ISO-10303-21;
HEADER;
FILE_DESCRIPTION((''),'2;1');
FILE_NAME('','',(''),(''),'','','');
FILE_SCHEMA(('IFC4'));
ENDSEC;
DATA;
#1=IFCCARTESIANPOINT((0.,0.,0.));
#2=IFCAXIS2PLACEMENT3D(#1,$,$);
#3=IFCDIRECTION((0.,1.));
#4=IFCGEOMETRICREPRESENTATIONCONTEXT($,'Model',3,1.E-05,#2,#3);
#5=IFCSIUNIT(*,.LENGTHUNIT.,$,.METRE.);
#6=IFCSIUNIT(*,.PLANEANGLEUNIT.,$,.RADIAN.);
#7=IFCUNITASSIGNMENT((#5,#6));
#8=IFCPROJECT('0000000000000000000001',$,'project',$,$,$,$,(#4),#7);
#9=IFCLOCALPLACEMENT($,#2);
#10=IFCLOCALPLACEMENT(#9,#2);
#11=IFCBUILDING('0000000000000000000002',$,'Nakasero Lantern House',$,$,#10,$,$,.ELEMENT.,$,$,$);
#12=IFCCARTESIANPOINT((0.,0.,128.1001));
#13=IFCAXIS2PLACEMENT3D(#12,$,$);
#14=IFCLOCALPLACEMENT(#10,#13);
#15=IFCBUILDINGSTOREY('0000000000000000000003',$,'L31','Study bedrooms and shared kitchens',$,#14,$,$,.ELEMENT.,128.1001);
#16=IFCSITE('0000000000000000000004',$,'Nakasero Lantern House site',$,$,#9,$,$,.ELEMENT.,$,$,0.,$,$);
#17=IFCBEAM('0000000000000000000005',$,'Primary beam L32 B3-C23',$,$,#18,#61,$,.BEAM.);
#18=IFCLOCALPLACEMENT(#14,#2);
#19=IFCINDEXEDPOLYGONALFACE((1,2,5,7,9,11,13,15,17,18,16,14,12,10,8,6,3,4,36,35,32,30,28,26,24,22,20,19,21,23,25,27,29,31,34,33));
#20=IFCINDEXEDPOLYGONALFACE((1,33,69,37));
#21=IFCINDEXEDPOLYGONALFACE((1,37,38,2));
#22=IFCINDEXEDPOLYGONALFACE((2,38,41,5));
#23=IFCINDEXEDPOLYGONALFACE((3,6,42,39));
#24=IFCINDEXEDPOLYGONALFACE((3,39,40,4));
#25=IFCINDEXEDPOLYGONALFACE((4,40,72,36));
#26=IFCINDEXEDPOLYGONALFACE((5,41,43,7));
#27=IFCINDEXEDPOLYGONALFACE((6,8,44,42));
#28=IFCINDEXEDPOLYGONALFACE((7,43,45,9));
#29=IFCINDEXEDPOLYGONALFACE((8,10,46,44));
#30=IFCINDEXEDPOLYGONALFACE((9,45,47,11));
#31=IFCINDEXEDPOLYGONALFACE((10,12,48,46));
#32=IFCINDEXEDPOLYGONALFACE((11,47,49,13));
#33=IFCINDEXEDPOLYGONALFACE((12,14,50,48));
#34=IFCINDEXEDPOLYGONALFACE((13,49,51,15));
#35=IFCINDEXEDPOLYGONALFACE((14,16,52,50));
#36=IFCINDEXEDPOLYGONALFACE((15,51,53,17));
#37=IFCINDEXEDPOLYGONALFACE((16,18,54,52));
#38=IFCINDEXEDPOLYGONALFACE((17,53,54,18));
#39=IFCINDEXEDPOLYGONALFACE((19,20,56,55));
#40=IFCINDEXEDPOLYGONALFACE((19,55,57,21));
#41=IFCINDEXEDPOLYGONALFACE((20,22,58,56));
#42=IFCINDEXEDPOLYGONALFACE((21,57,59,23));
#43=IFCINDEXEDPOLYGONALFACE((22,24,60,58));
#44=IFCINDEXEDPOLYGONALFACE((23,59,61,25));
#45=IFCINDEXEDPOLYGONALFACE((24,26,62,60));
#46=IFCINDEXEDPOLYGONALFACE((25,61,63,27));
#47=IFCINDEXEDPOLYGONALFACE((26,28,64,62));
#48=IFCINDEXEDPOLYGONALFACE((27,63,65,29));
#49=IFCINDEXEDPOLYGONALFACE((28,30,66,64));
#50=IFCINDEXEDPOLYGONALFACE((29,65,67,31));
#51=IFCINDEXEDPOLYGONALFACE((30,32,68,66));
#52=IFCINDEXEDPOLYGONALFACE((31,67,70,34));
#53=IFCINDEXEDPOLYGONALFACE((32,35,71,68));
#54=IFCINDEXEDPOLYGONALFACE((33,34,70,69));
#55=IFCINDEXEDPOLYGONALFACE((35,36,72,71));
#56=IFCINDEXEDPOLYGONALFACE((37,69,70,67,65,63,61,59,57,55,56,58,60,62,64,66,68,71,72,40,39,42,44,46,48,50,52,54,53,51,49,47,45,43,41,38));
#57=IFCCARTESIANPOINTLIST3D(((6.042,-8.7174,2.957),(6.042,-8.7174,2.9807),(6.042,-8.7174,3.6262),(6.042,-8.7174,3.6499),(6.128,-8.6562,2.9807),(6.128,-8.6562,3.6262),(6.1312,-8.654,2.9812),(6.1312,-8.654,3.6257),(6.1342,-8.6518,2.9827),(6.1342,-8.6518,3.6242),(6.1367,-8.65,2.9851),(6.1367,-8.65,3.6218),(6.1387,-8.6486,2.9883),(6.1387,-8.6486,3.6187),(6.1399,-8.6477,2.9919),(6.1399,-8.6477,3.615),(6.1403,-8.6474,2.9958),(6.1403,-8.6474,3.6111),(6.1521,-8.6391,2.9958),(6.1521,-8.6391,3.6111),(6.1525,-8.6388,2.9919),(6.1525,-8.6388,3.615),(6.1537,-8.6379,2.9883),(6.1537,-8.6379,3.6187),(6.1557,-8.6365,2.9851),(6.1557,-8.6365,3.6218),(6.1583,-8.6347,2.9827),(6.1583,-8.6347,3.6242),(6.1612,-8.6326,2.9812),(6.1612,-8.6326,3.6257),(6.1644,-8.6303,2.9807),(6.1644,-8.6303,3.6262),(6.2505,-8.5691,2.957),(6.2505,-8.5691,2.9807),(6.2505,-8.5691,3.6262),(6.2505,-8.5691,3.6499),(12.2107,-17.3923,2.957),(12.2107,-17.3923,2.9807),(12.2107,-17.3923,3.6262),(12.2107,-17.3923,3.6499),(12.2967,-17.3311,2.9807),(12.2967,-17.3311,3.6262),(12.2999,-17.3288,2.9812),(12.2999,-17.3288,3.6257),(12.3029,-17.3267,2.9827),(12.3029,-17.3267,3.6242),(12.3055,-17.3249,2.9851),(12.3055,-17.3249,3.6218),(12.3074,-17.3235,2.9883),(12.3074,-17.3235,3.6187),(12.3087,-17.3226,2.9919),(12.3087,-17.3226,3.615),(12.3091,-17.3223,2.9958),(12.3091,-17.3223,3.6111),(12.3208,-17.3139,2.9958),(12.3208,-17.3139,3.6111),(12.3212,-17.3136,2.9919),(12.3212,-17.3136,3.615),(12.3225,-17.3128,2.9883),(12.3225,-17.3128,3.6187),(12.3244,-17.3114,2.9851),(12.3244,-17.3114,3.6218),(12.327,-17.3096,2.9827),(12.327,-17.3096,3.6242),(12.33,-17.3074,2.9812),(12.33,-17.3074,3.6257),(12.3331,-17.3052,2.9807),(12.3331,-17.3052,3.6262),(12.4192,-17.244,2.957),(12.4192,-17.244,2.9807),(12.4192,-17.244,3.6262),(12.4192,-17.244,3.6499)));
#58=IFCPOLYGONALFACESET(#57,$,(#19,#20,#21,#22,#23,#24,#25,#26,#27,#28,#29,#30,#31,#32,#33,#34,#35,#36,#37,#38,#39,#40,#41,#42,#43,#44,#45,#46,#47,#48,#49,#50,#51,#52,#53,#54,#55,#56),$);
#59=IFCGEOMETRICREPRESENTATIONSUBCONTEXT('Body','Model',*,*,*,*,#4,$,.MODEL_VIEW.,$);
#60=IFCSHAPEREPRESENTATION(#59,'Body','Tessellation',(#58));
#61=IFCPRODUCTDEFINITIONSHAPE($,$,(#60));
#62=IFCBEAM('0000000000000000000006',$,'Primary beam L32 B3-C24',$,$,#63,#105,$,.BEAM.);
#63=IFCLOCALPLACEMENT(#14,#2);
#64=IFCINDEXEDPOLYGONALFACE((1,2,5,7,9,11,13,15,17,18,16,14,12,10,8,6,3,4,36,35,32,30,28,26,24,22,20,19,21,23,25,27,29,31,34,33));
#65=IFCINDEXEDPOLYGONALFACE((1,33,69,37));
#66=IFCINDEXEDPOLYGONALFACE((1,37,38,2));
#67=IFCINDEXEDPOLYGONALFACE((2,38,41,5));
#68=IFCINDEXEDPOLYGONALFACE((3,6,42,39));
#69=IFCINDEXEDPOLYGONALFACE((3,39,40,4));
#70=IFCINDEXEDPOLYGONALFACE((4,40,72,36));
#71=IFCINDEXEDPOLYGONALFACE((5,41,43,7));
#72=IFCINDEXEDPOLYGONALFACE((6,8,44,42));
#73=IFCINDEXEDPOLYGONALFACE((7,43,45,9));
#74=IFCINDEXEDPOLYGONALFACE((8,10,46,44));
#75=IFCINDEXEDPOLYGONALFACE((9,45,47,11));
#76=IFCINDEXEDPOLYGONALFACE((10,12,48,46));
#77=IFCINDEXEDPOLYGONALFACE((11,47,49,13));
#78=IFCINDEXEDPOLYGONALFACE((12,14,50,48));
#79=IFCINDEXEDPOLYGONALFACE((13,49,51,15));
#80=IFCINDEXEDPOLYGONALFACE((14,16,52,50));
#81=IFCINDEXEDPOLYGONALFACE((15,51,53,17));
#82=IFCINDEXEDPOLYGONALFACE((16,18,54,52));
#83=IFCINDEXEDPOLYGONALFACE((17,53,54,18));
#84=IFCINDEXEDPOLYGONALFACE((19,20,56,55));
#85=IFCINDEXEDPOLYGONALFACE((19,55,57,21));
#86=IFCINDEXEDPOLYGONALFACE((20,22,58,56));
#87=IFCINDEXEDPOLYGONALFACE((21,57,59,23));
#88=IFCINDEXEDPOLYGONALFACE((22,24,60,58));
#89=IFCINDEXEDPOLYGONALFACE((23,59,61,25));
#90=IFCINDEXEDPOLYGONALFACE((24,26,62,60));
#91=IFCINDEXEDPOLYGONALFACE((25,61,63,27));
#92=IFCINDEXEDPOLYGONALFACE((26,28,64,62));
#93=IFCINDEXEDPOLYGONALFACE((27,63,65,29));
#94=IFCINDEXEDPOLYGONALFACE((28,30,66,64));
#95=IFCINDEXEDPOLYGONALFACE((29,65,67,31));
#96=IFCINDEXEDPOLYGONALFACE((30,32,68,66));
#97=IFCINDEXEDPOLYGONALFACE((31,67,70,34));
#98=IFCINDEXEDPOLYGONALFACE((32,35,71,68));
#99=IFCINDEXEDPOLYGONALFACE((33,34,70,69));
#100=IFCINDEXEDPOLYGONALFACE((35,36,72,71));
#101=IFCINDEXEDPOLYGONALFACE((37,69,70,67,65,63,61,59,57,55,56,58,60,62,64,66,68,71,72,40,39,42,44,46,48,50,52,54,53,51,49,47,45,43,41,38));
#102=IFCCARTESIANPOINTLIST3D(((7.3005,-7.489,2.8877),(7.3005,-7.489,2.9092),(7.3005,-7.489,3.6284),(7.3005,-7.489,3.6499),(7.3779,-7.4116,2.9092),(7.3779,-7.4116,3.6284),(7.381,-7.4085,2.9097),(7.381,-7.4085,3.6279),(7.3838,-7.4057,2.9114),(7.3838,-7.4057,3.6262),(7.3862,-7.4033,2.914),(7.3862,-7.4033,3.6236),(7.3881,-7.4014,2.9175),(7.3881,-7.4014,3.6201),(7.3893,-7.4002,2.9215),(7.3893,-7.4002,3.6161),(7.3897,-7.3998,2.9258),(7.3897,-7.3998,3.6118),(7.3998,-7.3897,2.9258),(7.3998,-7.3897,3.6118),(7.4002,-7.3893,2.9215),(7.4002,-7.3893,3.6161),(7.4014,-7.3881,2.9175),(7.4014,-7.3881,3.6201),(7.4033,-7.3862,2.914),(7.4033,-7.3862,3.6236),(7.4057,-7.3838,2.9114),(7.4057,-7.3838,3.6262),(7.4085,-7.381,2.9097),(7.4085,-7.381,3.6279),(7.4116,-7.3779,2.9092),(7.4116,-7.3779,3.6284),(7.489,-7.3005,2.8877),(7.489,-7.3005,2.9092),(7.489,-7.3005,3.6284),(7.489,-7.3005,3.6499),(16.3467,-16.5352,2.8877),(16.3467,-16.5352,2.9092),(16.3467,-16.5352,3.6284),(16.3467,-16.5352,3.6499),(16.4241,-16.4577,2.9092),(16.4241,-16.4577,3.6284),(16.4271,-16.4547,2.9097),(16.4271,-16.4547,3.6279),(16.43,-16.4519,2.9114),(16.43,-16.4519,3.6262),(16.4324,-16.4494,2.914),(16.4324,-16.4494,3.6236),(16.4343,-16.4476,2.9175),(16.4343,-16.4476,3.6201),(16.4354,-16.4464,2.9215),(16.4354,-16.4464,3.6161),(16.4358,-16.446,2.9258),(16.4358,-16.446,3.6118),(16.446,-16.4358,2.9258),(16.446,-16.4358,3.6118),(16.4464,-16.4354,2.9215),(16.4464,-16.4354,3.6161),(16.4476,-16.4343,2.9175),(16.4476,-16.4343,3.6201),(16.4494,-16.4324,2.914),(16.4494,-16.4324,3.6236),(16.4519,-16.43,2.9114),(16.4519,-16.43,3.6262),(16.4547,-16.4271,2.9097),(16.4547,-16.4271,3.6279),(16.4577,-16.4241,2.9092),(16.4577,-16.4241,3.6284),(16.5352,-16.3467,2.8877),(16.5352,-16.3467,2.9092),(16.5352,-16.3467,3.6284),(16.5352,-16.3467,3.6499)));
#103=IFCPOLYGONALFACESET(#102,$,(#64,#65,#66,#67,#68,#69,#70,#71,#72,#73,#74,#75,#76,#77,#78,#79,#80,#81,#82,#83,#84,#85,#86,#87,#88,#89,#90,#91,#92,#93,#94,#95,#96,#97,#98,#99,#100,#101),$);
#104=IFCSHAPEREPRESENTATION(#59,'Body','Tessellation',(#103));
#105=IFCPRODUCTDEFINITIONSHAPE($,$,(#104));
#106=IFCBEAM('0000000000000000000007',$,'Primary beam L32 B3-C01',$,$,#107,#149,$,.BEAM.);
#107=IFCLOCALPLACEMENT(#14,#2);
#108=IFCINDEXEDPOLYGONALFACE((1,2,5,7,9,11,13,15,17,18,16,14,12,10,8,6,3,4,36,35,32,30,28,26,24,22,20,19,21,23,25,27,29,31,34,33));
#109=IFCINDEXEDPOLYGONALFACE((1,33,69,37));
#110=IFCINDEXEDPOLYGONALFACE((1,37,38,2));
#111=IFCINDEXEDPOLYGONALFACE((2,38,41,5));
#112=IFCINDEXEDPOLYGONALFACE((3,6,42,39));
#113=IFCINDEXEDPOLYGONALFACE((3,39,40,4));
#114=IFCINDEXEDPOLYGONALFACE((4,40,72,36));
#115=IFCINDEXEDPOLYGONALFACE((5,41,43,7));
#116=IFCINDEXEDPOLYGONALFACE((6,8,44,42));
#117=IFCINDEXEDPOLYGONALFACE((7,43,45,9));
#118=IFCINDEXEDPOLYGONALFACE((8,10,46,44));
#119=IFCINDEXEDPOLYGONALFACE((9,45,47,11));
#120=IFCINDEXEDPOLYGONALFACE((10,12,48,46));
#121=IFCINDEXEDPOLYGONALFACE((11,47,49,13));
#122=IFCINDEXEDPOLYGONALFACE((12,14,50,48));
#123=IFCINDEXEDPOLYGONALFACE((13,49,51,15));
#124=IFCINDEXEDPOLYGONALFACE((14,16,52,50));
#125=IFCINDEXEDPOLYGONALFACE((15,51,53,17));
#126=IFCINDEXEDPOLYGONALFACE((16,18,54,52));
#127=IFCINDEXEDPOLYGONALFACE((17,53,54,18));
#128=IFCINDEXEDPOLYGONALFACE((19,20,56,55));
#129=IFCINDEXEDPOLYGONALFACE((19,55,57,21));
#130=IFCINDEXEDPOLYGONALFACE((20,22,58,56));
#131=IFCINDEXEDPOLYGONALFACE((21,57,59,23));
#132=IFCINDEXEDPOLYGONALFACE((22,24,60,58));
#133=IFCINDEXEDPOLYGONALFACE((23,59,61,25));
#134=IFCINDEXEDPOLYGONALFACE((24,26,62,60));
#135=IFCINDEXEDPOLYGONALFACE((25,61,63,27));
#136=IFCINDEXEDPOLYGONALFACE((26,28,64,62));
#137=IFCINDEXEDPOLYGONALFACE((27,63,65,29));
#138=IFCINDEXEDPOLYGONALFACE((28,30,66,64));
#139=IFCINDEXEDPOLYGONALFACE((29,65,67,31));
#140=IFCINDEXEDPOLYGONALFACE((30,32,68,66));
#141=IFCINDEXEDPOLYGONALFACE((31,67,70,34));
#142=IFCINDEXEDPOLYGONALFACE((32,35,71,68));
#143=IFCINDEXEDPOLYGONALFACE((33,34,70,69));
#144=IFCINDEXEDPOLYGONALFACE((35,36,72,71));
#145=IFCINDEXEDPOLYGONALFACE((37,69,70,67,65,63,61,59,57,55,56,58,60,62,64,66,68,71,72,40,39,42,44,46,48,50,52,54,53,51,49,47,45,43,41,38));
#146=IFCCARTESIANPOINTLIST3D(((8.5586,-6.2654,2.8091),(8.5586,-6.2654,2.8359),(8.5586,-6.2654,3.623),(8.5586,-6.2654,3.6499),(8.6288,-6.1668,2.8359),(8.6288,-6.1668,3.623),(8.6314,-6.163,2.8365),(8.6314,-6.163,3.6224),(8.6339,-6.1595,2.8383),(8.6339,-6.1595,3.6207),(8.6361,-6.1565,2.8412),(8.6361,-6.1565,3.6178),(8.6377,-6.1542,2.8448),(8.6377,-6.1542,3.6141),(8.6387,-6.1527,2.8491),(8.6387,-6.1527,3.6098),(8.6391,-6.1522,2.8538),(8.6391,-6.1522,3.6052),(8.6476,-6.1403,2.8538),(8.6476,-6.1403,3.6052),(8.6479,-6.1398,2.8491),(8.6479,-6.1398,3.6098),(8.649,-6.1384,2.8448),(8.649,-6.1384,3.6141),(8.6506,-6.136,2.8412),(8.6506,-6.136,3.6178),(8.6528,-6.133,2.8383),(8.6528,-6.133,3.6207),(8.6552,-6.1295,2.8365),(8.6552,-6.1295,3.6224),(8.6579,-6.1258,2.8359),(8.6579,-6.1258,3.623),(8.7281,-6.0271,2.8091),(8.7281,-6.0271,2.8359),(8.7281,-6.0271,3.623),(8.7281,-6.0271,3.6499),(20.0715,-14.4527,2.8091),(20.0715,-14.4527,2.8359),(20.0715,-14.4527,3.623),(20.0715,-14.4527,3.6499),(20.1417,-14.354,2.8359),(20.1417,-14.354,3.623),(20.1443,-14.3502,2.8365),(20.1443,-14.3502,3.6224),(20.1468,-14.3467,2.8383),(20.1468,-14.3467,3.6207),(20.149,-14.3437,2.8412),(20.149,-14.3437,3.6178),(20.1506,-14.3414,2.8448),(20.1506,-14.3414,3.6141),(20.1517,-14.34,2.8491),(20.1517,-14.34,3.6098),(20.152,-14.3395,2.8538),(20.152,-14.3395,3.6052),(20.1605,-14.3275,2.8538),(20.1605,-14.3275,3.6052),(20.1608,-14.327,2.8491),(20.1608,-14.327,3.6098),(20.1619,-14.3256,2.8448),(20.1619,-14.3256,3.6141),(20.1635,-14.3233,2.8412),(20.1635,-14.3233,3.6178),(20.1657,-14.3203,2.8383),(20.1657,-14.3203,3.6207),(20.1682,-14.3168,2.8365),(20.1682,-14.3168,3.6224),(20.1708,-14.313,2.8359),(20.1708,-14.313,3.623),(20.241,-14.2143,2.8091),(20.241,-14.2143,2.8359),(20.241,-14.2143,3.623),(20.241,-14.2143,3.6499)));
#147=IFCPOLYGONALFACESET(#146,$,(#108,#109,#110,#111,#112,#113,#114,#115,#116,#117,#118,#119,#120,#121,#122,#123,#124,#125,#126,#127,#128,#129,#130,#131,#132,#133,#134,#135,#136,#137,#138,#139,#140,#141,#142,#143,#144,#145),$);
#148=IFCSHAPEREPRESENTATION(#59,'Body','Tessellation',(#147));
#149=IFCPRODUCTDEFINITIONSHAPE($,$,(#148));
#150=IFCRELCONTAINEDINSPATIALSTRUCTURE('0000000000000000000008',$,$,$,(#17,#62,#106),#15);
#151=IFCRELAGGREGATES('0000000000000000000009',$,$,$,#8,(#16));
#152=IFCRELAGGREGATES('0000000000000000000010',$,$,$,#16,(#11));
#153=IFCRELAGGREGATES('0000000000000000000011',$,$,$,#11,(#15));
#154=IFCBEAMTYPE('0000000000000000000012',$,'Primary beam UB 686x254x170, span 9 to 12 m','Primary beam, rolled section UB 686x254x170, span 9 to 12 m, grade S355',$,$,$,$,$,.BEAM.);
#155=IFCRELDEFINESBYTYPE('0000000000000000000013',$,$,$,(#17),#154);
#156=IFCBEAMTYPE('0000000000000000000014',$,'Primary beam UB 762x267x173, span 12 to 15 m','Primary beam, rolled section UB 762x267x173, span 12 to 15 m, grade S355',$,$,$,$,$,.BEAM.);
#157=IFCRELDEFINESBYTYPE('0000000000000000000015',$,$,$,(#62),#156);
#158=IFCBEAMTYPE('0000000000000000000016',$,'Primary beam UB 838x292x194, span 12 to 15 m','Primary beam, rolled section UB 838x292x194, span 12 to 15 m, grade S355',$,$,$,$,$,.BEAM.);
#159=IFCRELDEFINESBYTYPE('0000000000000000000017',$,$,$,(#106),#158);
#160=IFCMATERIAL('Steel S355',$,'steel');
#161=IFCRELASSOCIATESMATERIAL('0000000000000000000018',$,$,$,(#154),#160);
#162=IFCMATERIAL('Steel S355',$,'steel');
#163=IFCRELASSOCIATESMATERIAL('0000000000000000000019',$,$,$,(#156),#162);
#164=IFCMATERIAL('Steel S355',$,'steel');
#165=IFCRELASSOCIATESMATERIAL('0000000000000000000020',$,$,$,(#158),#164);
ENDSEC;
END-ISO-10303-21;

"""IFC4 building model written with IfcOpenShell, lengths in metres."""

from ifc_helpers import new_model, si_unit, direction, frame, origin, origin_2d, place, context, subcontext, project, spatial, i_section, extrude, material, material_profile, profile_set, type_object, element, save


model = new_model("IFC4")

# Units and contexts
model_context = context("Model", 3, precision=1e-05, world=origin(), true_north=direction((0.0, 1.0)))
body_context = subcontext(model_context, "Body", "Model", "MODEL_VIEW")
ifc_project = project(units=[si_unit("LENGTHUNIT", "METRE"), si_unit("PLANEANGLEUNIT", "RADIAN")], contexts=[model_context])

# Site, building, storey
site_placement = place(None, origin())
site = spatial("IfcSite", under=ifc_project, at=site_placement, Name="Nakasero Lantern House site", CompositionType="ELEMENT", RefElevation=0.0)
building_placement = place(site_placement, origin())
building = spatial("IfcBuilding", under=site, at=building_placement, Name="Nakasero Lantern House", CompositionType="ELEMENT")
storey_placement = place(building_placement, frame((0.0, 0.0, 128.1001)))
storey = spatial("IfcBuildingStorey", under=building, at=storey_placement, Name="L31", Description="Study bedrooms and shared kitchens", CompositionType="ELEMENT", Elevation=128.1001)

# Beams
ifc_material_1 = material(Name="Steel S355", Category="steel")
ifc_material_profile_1 = material_profile(ifc_material_1, i_section(OverallWidth=0.2559, OverallDepth=0.6929, WebThickness=0.0144, FlangeThickness=0.0237, FilletRadius=0.0151, at=origin_2d()), Name="UB 686x254x170")
ifc_profile_set_1 = profile_set([ifc_material_profile_1], Name="Steel S355")
beam_type_1 = type_object("IfcBeamType", Name="Primary beam UB 686x254x170, span 9 to 12 m", Description="Primary beam, rolled section UB 686x254x170, span 9 to 12 m, grade S355", PredefinedType="BEAM", material=ifc_profile_set_1)
beam_1_placement = place(storey_placement, frame((12.3149, -17.3181, 3.3035), z_axis=(-0.579521, 0.814957, 0.0), x_axis=(-0.814957, -0.579521, 0.0)))
element("IfcBeam", 1, at=beam_1_placement, inside=storey, type_object=beam_type_1, Name="Primary beam L32 B3-C23", PredefinedType="BEAM", context=body_context, shape_type="SweptSolid", body=[
    extrude(i_section(OverallWidth=0.2559, OverallDepth=0.6929, WebThickness=0.0144, FlangeThickness=0.0237, FilletRadius=0.0151, at=origin_2d()), origin(), (0.0, 0.0, 1.0), 10.6445),
])
ifc_material_2 = material(Name="Steel S355", Category="steel")
ifc_material_profile_2 = material_profile(ifc_material_2, i_section(OverallWidth=0.2666, OverallDepth=0.7622, WebThickness=0.0144, FlangeThickness=0.0215, FilletRadius=0.0166, at=origin_2d()), Name="UB 762x267x173")
ifc_profile_set_2 = profile_set([ifc_material_profile_2], Name="Steel S355")
beam_type_2 = type_object("IfcBeamType", Name="Primary beam UB 762x267x173, span 12 to 15 m", Description="Primary beam, rolled section UB 762x267x173, span 12 to 15 m, grade S355", PredefinedType="BEAM", material=ifc_profile_set_2)
beam_2_placement = place(storey_placement, frame((16.4409, -16.4409, 3.2688), z_axis=(-0.707107, 0.707107, 0.0), x_axis=(-0.707107, -0.707107, 0.0)))
element("IfcBeam", 2, at=beam_2_placement, inside=storey, type_object=beam_type_2, Name="Primary beam L32 B3-C24", PredefinedType="BEAM", context=body_context, shape_type="SweptSolid", body=[
    extrude(i_section(OverallWidth=0.2666, OverallDepth=0.7622, WebThickness=0.0144, FlangeThickness=0.0215, FilletRadius=0.0166, at=origin_2d()), origin(), (0.0, 0.0, 1.0), 12.7932),
])
ifc_material_3 = material(Name="Steel S355", Category="steel")
ifc_material_profile_3 = material_profile(ifc_material_3, i_section(OverallWidth=0.2925, OverallDepth=0.8408, WebThickness=0.0146, FlangeThickness=0.0269, FilletRadius=0.0178, at=origin_2d()), Name="UB 838x292x194")
ifc_profile_set_3 = profile_set([ifc_material_profile_3], Name="Steel S355")
beam_type_3 = type_object("IfcBeamType", Name="Primary beam UB 838x292x194, span 12 to 15 m", Description="Primary beam, rolled section UB 838x292x194, span 12 to 15 m, grade S355", PredefinedType="BEAM", material=ifc_profile_set_3)
beam_3_placement = place(storey_placement, frame((20.1562, -14.3335, 3.2295), z_axis=(-0.814946, 0.579537, 0.0), x_axis=(-0.579537, -0.814946, 0.0)))
element("IfcBeam", 3, at=beam_3_placement, inside=storey, type_object=beam_type_3, Name="Primary beam L32 B3-C01", PredefinedType="BEAM", context=body_context, shape_type="SweptSolid", body=[
    extrude(i_section(OverallWidth=0.2925, OverallDepth=0.8408, WebThickness=0.0146, FlangeThickness=0.0269, FilletRadius=0.0178, at=origin_2d()), origin(), (0.0, 0.0, 1.0), 14.1272),
])

save(model, "model.ifc")
